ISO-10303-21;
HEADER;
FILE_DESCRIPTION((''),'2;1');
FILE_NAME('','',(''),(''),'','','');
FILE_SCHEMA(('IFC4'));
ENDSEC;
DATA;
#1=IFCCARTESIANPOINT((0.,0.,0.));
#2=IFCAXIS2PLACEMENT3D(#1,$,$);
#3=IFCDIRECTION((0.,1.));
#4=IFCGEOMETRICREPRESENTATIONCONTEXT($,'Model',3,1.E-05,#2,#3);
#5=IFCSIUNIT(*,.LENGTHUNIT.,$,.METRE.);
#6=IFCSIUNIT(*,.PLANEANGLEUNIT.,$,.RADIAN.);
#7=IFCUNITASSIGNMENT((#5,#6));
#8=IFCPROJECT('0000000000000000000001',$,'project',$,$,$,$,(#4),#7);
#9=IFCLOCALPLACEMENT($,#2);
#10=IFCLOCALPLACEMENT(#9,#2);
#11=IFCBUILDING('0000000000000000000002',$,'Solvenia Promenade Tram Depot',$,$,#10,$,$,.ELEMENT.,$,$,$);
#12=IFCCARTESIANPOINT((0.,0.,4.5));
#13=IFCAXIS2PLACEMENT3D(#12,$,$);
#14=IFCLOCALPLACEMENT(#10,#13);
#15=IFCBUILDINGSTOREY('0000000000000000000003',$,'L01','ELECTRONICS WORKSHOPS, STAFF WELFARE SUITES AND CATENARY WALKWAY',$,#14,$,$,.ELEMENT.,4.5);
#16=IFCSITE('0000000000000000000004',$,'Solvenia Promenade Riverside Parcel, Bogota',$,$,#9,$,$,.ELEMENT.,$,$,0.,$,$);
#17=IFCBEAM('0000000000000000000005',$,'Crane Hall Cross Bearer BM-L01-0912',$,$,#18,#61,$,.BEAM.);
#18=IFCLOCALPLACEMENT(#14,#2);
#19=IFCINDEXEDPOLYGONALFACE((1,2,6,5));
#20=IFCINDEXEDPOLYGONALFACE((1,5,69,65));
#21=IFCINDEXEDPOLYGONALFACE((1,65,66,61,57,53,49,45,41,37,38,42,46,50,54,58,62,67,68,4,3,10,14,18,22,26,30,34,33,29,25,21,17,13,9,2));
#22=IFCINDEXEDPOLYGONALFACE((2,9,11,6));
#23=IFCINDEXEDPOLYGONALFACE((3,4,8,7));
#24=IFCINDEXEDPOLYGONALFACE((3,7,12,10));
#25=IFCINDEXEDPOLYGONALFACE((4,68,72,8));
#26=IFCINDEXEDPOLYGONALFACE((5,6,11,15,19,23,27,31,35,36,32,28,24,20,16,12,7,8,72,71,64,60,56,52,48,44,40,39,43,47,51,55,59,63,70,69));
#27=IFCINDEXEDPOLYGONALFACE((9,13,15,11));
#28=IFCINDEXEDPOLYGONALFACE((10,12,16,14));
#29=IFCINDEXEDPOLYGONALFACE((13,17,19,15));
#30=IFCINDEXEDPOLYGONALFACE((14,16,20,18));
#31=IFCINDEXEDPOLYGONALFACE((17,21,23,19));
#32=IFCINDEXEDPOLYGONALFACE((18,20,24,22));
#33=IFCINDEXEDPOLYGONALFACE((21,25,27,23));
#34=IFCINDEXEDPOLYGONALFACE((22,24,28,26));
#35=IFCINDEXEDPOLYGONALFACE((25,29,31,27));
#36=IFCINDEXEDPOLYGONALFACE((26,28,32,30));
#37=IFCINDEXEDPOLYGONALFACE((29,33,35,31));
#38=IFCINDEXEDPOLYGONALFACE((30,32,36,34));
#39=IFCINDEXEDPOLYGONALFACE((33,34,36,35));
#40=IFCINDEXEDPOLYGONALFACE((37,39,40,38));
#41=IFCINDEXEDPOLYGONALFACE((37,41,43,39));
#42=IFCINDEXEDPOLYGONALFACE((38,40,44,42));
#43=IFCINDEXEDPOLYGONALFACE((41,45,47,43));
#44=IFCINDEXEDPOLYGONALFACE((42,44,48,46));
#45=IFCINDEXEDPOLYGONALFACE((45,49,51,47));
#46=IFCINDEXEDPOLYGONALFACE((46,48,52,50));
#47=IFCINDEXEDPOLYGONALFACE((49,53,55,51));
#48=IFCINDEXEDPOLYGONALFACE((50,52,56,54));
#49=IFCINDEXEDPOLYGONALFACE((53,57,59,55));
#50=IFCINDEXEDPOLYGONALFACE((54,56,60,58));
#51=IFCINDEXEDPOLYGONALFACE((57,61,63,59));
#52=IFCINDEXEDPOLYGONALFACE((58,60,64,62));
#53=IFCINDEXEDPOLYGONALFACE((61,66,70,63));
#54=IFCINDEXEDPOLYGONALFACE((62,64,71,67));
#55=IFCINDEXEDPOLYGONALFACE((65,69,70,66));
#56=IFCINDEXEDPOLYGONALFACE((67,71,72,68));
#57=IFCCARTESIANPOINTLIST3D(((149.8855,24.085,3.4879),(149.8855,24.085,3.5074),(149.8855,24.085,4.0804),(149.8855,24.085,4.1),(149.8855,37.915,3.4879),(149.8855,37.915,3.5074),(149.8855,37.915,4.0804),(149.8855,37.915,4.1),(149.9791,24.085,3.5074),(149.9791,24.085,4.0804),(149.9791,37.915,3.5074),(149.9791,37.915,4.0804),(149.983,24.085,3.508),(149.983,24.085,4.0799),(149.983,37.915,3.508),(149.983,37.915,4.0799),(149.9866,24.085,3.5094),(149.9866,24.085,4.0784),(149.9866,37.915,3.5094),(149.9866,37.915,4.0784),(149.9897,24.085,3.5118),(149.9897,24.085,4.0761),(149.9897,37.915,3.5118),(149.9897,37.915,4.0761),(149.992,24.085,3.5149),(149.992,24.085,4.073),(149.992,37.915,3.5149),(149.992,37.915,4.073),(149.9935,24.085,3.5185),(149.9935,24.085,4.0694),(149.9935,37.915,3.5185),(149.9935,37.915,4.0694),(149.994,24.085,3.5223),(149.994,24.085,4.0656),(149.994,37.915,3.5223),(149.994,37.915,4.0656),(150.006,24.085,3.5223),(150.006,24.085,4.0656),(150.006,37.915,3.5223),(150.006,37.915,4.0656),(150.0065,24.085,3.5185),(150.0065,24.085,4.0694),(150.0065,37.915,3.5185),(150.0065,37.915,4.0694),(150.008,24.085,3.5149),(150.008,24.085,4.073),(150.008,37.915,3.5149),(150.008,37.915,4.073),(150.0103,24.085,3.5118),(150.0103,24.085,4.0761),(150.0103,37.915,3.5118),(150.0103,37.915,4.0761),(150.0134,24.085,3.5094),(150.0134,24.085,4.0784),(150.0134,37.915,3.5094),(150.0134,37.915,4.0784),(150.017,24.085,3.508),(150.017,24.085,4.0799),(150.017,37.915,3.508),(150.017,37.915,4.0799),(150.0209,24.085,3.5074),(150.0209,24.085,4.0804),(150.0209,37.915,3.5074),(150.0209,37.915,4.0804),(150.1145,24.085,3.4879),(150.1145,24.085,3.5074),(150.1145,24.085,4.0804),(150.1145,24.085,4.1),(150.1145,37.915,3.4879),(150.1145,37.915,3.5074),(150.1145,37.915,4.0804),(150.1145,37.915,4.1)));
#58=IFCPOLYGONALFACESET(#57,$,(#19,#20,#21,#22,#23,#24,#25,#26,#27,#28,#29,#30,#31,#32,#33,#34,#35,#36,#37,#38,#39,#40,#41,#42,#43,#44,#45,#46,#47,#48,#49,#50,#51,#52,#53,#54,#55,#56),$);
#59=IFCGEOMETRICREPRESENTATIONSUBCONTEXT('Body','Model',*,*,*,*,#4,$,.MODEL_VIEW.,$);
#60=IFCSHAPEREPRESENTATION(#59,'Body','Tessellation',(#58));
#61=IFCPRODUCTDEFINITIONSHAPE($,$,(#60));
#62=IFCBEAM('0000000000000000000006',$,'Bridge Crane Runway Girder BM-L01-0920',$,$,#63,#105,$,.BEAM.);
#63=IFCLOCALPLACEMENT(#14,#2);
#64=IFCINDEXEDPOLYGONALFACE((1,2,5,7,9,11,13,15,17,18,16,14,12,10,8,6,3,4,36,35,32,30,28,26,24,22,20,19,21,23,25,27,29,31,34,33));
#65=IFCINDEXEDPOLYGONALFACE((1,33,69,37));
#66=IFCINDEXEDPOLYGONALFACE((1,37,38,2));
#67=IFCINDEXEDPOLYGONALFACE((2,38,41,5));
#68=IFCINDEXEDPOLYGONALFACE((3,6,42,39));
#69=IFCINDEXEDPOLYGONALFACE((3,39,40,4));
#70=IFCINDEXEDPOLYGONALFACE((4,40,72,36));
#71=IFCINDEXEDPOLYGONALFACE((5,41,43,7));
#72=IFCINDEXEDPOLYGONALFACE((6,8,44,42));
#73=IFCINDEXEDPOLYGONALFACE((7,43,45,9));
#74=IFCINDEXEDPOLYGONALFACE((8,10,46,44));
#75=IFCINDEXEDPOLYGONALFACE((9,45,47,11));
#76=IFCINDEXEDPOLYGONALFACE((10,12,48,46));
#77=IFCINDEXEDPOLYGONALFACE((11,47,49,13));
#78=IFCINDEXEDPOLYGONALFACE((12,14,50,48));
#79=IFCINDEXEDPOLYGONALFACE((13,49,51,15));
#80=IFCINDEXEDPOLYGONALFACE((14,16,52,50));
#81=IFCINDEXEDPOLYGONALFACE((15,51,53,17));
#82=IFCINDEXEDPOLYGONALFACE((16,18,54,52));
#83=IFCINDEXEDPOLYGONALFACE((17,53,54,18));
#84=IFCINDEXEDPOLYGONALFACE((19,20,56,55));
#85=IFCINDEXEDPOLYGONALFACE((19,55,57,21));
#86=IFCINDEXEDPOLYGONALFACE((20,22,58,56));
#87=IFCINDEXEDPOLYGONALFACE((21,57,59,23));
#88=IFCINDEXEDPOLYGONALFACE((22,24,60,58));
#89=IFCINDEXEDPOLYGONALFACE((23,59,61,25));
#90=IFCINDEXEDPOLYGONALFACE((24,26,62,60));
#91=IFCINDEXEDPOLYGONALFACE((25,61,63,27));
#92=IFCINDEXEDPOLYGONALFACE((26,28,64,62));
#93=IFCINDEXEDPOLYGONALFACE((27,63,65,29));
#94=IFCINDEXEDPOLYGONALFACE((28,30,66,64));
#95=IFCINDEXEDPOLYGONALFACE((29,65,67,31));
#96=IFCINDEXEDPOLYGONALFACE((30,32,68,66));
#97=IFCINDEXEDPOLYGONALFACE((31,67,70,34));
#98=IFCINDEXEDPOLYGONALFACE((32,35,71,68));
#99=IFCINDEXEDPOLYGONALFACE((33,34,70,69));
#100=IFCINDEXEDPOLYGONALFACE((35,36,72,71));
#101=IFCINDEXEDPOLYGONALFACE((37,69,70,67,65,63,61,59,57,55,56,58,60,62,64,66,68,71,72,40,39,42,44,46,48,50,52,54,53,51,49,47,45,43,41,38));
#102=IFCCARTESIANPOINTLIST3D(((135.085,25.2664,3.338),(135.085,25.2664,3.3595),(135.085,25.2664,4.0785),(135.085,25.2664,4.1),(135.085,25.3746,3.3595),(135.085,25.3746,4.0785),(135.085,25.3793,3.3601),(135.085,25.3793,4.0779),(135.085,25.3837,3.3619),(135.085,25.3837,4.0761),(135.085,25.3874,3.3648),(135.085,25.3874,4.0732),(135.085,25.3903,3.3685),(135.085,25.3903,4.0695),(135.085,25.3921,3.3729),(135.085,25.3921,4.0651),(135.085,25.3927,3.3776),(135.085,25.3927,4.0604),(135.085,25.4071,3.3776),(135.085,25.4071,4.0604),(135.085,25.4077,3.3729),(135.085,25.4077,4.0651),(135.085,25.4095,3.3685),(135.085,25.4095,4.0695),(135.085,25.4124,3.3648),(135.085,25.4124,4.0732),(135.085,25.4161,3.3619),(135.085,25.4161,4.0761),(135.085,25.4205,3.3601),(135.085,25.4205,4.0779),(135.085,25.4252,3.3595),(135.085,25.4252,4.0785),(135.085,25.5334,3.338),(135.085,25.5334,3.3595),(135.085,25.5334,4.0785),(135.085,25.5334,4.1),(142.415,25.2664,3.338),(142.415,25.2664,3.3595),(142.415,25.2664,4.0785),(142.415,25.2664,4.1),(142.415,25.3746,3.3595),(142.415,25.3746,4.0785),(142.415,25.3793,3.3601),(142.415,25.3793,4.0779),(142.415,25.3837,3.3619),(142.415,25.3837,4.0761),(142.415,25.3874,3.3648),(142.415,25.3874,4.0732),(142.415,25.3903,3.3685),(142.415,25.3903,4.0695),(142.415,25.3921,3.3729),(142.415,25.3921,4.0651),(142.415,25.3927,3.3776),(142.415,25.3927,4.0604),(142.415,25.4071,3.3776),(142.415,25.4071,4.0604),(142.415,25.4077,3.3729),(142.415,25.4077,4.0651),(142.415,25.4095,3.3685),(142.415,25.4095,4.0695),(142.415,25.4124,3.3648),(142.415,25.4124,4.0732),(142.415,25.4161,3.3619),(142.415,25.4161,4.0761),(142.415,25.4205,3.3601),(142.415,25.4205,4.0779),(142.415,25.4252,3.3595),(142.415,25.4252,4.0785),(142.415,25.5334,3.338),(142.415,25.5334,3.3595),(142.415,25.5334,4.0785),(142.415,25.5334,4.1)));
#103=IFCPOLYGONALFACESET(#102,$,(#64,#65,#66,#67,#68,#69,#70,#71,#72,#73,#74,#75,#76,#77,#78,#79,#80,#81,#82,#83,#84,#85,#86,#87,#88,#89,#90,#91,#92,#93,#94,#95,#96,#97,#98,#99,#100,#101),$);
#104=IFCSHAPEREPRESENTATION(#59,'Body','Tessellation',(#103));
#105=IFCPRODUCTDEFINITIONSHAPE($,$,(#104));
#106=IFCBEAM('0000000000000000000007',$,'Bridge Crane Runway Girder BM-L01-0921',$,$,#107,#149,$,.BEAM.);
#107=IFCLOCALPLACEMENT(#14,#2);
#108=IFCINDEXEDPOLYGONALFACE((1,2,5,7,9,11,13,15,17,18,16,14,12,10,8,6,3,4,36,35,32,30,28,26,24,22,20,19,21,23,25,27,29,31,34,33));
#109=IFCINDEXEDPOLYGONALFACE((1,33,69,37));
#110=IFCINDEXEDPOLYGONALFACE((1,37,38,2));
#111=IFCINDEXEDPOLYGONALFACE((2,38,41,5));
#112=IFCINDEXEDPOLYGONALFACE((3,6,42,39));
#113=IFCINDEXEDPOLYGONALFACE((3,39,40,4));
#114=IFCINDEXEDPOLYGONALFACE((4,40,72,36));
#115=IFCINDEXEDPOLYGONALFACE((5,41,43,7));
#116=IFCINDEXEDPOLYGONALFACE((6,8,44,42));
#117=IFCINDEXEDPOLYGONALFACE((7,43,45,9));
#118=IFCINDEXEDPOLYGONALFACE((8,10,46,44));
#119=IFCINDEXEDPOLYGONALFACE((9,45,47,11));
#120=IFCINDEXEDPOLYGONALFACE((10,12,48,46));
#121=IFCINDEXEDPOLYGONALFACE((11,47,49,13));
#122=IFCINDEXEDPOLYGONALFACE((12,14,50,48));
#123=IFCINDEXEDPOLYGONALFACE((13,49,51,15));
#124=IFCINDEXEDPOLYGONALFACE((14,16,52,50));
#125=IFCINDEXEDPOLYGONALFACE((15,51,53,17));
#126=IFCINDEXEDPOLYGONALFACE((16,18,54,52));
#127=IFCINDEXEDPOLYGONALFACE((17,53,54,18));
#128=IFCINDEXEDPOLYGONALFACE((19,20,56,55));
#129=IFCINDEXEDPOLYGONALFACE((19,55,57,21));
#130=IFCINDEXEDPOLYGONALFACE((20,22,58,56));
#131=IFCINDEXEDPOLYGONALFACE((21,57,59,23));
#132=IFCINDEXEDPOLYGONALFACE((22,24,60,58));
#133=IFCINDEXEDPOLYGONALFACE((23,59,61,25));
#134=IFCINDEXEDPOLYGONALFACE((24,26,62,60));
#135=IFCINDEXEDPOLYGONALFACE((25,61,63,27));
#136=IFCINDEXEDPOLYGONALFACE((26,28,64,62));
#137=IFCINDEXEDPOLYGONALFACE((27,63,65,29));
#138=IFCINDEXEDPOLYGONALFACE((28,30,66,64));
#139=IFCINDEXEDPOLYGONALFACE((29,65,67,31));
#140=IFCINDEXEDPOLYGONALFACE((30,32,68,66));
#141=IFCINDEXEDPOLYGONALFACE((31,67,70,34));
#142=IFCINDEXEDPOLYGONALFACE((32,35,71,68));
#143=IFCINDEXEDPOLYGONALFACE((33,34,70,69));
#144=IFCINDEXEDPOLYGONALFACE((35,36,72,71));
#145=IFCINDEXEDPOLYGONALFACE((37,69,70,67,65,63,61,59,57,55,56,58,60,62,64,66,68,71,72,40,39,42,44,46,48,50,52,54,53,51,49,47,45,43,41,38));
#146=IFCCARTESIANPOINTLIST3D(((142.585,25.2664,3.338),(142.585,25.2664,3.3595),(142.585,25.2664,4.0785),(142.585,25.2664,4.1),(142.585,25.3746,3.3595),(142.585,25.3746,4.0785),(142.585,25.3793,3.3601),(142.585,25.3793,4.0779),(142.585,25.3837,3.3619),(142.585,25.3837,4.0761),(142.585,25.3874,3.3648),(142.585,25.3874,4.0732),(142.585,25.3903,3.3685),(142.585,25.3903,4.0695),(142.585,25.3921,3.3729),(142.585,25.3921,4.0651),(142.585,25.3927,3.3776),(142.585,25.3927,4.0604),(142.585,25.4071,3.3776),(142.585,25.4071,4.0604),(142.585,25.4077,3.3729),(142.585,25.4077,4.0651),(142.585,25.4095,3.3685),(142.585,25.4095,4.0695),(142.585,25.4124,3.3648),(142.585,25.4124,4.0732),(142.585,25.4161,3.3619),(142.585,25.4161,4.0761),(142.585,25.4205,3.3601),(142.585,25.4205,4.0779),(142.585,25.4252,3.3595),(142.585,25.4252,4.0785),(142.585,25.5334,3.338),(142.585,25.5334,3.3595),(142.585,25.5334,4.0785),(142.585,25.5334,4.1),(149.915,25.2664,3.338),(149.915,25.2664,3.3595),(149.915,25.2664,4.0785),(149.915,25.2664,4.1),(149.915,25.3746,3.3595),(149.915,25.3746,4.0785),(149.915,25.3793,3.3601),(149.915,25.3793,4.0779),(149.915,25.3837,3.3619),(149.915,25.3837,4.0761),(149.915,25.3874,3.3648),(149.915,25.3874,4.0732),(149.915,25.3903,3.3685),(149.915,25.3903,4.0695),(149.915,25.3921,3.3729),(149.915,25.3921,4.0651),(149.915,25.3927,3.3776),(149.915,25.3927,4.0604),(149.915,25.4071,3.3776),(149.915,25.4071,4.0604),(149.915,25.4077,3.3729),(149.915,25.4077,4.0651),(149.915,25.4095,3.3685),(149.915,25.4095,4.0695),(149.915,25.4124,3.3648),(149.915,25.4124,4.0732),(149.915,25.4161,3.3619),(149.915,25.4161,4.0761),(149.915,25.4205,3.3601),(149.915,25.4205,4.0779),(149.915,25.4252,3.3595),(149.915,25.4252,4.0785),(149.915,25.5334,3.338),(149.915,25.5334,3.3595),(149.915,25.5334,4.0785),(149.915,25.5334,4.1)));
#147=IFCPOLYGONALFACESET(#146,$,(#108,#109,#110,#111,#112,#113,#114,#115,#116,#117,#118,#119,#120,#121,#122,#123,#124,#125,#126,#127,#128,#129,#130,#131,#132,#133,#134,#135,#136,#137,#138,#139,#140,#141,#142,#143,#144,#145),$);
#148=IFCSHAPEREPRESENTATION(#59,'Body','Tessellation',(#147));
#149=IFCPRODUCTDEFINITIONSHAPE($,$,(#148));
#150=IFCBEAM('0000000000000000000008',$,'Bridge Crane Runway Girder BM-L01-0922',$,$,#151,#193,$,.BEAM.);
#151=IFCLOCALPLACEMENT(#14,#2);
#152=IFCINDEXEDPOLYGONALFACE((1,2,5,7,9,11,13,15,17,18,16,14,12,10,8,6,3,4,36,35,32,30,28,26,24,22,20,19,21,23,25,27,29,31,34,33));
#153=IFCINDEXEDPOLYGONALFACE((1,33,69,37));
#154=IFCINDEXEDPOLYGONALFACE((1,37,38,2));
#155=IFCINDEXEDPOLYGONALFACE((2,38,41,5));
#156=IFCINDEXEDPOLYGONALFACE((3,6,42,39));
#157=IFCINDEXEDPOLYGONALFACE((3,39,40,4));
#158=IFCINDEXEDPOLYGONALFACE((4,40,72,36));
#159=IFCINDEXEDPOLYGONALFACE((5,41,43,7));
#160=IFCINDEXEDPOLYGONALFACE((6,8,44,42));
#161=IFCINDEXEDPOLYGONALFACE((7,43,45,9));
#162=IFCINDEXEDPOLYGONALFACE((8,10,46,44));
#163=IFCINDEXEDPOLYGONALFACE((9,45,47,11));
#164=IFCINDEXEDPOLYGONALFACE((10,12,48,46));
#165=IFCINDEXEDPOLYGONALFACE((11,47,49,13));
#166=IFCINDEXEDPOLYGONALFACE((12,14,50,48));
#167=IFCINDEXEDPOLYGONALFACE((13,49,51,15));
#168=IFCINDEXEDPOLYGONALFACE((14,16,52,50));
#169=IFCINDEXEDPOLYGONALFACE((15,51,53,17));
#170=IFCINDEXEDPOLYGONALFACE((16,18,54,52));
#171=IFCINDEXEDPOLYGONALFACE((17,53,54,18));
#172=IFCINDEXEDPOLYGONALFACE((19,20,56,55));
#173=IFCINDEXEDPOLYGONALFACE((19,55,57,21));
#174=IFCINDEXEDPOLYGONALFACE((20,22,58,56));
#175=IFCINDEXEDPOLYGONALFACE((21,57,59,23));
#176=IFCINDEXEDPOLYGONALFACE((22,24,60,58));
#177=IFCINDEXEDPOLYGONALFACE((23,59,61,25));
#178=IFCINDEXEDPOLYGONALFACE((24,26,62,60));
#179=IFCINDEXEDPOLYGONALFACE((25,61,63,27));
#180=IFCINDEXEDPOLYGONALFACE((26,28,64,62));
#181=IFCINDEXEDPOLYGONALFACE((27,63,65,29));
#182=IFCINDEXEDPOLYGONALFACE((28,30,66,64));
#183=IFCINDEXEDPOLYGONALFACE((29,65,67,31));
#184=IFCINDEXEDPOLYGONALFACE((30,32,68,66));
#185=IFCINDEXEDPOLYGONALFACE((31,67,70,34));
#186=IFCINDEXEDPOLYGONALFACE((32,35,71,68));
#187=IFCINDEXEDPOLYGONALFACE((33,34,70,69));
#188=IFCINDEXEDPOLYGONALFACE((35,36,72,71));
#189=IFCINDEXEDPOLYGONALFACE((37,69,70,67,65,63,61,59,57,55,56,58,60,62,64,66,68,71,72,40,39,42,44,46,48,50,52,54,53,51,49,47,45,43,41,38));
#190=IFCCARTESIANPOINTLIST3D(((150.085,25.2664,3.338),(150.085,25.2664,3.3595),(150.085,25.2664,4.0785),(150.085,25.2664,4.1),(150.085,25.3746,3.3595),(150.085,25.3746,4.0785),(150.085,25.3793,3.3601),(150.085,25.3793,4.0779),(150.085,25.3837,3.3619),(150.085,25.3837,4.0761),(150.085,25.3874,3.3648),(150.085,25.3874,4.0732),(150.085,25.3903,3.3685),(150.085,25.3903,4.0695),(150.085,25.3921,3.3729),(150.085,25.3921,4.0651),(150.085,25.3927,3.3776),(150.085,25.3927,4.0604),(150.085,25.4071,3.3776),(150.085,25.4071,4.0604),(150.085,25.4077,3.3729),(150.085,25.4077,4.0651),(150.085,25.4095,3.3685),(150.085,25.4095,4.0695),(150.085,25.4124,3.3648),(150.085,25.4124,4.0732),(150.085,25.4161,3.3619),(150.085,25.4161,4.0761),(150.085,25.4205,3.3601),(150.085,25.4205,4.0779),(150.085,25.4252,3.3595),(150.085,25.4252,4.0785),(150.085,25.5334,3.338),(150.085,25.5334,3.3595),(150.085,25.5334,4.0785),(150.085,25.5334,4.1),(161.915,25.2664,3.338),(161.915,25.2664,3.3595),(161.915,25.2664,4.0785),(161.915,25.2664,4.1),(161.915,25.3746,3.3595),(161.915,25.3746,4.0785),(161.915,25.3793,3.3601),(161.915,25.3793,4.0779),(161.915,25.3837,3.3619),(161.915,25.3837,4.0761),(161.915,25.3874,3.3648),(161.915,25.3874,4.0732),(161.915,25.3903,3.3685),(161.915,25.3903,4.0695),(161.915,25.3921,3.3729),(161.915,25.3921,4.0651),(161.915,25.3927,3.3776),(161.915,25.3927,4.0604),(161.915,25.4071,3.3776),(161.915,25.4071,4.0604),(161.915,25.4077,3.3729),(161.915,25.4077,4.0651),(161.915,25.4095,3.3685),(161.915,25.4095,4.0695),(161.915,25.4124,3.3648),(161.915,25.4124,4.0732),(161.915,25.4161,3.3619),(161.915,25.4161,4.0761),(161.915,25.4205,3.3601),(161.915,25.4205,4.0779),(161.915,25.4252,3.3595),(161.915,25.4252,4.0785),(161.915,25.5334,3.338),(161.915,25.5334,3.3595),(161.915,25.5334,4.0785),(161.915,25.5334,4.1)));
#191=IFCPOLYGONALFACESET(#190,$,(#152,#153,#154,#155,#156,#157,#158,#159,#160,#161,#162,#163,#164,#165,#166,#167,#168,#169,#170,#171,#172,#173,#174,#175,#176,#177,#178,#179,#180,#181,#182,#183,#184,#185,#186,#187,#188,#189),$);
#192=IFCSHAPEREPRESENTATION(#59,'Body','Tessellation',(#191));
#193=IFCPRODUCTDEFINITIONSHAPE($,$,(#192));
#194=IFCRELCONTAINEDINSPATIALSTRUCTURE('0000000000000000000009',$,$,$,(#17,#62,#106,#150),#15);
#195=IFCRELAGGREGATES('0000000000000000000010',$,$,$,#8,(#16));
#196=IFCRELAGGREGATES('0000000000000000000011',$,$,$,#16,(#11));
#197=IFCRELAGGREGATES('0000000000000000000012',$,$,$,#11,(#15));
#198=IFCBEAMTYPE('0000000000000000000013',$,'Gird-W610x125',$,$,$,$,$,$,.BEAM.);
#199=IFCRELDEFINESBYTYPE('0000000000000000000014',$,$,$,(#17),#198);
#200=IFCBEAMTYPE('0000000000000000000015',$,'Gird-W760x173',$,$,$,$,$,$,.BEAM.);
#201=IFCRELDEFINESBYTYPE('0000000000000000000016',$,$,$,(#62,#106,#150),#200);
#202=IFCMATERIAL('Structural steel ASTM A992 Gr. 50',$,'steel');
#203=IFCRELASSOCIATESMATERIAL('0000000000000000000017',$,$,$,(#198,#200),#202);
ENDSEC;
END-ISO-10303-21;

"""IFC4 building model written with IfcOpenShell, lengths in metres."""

from ifc_helpers import new_model, si_unit, direction, frame, origin, origin_2d, place, context, subcontext, project, spatial, i_section, extrude, material, material_profile, profile_set, type_object, element, save


model = new_model("IFC4")

# Units and contexts
model_context = context("Model", 3, precision=1e-05, world=origin(), true_north=direction((0.0, 1.0)))
body_context = subcontext(model_context, "Body", "Model", "MODEL_VIEW")
ifc_project = project(units=[si_unit("LENGTHUNIT", "METRE"), si_unit("PLANEANGLEUNIT", "RADIAN")], contexts=[model_context])

# Site, building, storey
site_placement = place(None, origin())
site = spatial("IfcSite", under=ifc_project, at=site_placement, Name="Solvenia Promenade Riverside Parcel, Bogota", CompositionType="ELEMENT", RefElevation=0.0)
building_placement = place(site_placement, origin())
building = spatial("IfcBuilding", under=site, at=building_placement, Name="Solvenia Promenade Tram Depot", CompositionType="ELEMENT")
storey_placement = place(building_placement, frame((0.0, 0.0, 4.5)))
storey = spatial("IfcBuildingStorey", under=building, at=storey_placement, Name="L01", Description="ELECTRONICS WORKSHOPS, STAFF WELFARE SUITES AND CATENARY WALKWAY", CompositionType="ELEMENT", Elevation=4.5)

# Shared definitions
ifc_material_1 = material(Name="Structural steel ASTM A992 Gr. 50", Category="steel")

# Beams
ifc_material_profile_1 = material_profile(ifc_material_1, i_section(OverallWidth=0.229, OverallDepth=0.6121, WebThickness=0.012, FlangeThickness=0.0195, FilletRadius=0.0149, at=origin_2d()), Name="W610x125", Category="steel")
ifc_profile_set_1 = profile_set([ifc_material_profile_1], Name="Structural steel ASTM A992 Gr. 50")
beam_type_1 = type_object("IfcBeamType", Name="Gird-W610x125", PredefinedType="BEAM", material=ifc_profile_set_1)
for number, where, z_axis, x_axis, name in (
    (1, (150.0, 24.085, 3.7939), (0.0, 1.0, 0.0), (-1.0, 0.0, 0.0), "Crane Hall Cross Bearer BM-L01-0912"),
):
    element("IfcBeam", number, at=place(storey_placement, frame(where, z_axis=z_axis, x_axis=x_axis)), inside=storey, type_object=beam_type_1, Name=name, PredefinedType="BEAM", context=body_context, shape_type="SweptSolid", body=[
        extrude(i_section(OverallWidth=0.229, OverallDepth=0.6121, WebThickness=0.012, FlangeThickness=0.0195, FilletRadius=0.0149, at=origin_2d()), origin(), (0.0, 0.0, 1.0), 13.8301),
    ])
ifc_material_profile_2 = material_profile(ifc_material_1, i_section(OverallWidth=0.2671, OverallDepth=0.762, WebThickness=0.0144, FlangeThickness=0.0215, FilletRadius=0.0181, at=origin_2d()), Name="W760x173", Category="steel")
ifc_profile_set_2 = profile_set([ifc_material_profile_2], Name="Structural steel ASTM A992 Gr. 50")
beam_type_2 = type_object("IfcBeamType", Name="Gird-W760x173", PredefinedType="BEAM", material=ifc_profile_set_2)
for number, where, z_axis, x_axis, name in (
    (2, (135.085, 25.3999, 3.719), (1.0, 0.0, 0.0), (0.0, 1.0, 0.0), "Bridge Crane Runway Girder BM-L01-0920"),
    (3, (142.585, 25.3999, 3.719), (1.0, 0.0, 0.0), (0.0, 1.0, 0.0), "Bridge Crane Runway Girder BM-L01-0921"),
):
    element("IfcBeam", number, at=place(storey_placement, frame(where, z_axis=z_axis, x_axis=x_axis)), inside=storey, type_object=beam_type_2, Name=name, PredefinedType="BEAM", context=body_context, shape_type="SweptSolid", body=[
        extrude(i_section(OverallWidth=0.2671, OverallDepth=0.762, WebThickness=0.0144, FlangeThickness=0.0215, FilletRadius=0.0181, at=origin_2d()), origin(), (0.0, 0.0, 1.0), 7.3301),
    ])
beam_1_placement = place(storey_placement, frame((150.085, 25.3999, 3.719), z_axis=(1.0, 0.0, 0.0), x_axis=(0.0, 1.0, 0.0)))
element("IfcBeam", 4, at=beam_1_placement, inside=storey, type_object=beam_type_2, Name="Bridge Crane Runway Girder BM-L01-0922", PredefinedType="BEAM", context=body_context, shape_type="SweptSolid", body=[
    extrude(i_section(OverallWidth=0.2671, OverallDepth=0.762, WebThickness=0.0144, FlangeThickness=0.0215, FilletRadius=0.0181, at=origin_2d()), origin(), (0.0, 0.0, 1.0), 11.8301),
])

save(model, "model.ifc")
